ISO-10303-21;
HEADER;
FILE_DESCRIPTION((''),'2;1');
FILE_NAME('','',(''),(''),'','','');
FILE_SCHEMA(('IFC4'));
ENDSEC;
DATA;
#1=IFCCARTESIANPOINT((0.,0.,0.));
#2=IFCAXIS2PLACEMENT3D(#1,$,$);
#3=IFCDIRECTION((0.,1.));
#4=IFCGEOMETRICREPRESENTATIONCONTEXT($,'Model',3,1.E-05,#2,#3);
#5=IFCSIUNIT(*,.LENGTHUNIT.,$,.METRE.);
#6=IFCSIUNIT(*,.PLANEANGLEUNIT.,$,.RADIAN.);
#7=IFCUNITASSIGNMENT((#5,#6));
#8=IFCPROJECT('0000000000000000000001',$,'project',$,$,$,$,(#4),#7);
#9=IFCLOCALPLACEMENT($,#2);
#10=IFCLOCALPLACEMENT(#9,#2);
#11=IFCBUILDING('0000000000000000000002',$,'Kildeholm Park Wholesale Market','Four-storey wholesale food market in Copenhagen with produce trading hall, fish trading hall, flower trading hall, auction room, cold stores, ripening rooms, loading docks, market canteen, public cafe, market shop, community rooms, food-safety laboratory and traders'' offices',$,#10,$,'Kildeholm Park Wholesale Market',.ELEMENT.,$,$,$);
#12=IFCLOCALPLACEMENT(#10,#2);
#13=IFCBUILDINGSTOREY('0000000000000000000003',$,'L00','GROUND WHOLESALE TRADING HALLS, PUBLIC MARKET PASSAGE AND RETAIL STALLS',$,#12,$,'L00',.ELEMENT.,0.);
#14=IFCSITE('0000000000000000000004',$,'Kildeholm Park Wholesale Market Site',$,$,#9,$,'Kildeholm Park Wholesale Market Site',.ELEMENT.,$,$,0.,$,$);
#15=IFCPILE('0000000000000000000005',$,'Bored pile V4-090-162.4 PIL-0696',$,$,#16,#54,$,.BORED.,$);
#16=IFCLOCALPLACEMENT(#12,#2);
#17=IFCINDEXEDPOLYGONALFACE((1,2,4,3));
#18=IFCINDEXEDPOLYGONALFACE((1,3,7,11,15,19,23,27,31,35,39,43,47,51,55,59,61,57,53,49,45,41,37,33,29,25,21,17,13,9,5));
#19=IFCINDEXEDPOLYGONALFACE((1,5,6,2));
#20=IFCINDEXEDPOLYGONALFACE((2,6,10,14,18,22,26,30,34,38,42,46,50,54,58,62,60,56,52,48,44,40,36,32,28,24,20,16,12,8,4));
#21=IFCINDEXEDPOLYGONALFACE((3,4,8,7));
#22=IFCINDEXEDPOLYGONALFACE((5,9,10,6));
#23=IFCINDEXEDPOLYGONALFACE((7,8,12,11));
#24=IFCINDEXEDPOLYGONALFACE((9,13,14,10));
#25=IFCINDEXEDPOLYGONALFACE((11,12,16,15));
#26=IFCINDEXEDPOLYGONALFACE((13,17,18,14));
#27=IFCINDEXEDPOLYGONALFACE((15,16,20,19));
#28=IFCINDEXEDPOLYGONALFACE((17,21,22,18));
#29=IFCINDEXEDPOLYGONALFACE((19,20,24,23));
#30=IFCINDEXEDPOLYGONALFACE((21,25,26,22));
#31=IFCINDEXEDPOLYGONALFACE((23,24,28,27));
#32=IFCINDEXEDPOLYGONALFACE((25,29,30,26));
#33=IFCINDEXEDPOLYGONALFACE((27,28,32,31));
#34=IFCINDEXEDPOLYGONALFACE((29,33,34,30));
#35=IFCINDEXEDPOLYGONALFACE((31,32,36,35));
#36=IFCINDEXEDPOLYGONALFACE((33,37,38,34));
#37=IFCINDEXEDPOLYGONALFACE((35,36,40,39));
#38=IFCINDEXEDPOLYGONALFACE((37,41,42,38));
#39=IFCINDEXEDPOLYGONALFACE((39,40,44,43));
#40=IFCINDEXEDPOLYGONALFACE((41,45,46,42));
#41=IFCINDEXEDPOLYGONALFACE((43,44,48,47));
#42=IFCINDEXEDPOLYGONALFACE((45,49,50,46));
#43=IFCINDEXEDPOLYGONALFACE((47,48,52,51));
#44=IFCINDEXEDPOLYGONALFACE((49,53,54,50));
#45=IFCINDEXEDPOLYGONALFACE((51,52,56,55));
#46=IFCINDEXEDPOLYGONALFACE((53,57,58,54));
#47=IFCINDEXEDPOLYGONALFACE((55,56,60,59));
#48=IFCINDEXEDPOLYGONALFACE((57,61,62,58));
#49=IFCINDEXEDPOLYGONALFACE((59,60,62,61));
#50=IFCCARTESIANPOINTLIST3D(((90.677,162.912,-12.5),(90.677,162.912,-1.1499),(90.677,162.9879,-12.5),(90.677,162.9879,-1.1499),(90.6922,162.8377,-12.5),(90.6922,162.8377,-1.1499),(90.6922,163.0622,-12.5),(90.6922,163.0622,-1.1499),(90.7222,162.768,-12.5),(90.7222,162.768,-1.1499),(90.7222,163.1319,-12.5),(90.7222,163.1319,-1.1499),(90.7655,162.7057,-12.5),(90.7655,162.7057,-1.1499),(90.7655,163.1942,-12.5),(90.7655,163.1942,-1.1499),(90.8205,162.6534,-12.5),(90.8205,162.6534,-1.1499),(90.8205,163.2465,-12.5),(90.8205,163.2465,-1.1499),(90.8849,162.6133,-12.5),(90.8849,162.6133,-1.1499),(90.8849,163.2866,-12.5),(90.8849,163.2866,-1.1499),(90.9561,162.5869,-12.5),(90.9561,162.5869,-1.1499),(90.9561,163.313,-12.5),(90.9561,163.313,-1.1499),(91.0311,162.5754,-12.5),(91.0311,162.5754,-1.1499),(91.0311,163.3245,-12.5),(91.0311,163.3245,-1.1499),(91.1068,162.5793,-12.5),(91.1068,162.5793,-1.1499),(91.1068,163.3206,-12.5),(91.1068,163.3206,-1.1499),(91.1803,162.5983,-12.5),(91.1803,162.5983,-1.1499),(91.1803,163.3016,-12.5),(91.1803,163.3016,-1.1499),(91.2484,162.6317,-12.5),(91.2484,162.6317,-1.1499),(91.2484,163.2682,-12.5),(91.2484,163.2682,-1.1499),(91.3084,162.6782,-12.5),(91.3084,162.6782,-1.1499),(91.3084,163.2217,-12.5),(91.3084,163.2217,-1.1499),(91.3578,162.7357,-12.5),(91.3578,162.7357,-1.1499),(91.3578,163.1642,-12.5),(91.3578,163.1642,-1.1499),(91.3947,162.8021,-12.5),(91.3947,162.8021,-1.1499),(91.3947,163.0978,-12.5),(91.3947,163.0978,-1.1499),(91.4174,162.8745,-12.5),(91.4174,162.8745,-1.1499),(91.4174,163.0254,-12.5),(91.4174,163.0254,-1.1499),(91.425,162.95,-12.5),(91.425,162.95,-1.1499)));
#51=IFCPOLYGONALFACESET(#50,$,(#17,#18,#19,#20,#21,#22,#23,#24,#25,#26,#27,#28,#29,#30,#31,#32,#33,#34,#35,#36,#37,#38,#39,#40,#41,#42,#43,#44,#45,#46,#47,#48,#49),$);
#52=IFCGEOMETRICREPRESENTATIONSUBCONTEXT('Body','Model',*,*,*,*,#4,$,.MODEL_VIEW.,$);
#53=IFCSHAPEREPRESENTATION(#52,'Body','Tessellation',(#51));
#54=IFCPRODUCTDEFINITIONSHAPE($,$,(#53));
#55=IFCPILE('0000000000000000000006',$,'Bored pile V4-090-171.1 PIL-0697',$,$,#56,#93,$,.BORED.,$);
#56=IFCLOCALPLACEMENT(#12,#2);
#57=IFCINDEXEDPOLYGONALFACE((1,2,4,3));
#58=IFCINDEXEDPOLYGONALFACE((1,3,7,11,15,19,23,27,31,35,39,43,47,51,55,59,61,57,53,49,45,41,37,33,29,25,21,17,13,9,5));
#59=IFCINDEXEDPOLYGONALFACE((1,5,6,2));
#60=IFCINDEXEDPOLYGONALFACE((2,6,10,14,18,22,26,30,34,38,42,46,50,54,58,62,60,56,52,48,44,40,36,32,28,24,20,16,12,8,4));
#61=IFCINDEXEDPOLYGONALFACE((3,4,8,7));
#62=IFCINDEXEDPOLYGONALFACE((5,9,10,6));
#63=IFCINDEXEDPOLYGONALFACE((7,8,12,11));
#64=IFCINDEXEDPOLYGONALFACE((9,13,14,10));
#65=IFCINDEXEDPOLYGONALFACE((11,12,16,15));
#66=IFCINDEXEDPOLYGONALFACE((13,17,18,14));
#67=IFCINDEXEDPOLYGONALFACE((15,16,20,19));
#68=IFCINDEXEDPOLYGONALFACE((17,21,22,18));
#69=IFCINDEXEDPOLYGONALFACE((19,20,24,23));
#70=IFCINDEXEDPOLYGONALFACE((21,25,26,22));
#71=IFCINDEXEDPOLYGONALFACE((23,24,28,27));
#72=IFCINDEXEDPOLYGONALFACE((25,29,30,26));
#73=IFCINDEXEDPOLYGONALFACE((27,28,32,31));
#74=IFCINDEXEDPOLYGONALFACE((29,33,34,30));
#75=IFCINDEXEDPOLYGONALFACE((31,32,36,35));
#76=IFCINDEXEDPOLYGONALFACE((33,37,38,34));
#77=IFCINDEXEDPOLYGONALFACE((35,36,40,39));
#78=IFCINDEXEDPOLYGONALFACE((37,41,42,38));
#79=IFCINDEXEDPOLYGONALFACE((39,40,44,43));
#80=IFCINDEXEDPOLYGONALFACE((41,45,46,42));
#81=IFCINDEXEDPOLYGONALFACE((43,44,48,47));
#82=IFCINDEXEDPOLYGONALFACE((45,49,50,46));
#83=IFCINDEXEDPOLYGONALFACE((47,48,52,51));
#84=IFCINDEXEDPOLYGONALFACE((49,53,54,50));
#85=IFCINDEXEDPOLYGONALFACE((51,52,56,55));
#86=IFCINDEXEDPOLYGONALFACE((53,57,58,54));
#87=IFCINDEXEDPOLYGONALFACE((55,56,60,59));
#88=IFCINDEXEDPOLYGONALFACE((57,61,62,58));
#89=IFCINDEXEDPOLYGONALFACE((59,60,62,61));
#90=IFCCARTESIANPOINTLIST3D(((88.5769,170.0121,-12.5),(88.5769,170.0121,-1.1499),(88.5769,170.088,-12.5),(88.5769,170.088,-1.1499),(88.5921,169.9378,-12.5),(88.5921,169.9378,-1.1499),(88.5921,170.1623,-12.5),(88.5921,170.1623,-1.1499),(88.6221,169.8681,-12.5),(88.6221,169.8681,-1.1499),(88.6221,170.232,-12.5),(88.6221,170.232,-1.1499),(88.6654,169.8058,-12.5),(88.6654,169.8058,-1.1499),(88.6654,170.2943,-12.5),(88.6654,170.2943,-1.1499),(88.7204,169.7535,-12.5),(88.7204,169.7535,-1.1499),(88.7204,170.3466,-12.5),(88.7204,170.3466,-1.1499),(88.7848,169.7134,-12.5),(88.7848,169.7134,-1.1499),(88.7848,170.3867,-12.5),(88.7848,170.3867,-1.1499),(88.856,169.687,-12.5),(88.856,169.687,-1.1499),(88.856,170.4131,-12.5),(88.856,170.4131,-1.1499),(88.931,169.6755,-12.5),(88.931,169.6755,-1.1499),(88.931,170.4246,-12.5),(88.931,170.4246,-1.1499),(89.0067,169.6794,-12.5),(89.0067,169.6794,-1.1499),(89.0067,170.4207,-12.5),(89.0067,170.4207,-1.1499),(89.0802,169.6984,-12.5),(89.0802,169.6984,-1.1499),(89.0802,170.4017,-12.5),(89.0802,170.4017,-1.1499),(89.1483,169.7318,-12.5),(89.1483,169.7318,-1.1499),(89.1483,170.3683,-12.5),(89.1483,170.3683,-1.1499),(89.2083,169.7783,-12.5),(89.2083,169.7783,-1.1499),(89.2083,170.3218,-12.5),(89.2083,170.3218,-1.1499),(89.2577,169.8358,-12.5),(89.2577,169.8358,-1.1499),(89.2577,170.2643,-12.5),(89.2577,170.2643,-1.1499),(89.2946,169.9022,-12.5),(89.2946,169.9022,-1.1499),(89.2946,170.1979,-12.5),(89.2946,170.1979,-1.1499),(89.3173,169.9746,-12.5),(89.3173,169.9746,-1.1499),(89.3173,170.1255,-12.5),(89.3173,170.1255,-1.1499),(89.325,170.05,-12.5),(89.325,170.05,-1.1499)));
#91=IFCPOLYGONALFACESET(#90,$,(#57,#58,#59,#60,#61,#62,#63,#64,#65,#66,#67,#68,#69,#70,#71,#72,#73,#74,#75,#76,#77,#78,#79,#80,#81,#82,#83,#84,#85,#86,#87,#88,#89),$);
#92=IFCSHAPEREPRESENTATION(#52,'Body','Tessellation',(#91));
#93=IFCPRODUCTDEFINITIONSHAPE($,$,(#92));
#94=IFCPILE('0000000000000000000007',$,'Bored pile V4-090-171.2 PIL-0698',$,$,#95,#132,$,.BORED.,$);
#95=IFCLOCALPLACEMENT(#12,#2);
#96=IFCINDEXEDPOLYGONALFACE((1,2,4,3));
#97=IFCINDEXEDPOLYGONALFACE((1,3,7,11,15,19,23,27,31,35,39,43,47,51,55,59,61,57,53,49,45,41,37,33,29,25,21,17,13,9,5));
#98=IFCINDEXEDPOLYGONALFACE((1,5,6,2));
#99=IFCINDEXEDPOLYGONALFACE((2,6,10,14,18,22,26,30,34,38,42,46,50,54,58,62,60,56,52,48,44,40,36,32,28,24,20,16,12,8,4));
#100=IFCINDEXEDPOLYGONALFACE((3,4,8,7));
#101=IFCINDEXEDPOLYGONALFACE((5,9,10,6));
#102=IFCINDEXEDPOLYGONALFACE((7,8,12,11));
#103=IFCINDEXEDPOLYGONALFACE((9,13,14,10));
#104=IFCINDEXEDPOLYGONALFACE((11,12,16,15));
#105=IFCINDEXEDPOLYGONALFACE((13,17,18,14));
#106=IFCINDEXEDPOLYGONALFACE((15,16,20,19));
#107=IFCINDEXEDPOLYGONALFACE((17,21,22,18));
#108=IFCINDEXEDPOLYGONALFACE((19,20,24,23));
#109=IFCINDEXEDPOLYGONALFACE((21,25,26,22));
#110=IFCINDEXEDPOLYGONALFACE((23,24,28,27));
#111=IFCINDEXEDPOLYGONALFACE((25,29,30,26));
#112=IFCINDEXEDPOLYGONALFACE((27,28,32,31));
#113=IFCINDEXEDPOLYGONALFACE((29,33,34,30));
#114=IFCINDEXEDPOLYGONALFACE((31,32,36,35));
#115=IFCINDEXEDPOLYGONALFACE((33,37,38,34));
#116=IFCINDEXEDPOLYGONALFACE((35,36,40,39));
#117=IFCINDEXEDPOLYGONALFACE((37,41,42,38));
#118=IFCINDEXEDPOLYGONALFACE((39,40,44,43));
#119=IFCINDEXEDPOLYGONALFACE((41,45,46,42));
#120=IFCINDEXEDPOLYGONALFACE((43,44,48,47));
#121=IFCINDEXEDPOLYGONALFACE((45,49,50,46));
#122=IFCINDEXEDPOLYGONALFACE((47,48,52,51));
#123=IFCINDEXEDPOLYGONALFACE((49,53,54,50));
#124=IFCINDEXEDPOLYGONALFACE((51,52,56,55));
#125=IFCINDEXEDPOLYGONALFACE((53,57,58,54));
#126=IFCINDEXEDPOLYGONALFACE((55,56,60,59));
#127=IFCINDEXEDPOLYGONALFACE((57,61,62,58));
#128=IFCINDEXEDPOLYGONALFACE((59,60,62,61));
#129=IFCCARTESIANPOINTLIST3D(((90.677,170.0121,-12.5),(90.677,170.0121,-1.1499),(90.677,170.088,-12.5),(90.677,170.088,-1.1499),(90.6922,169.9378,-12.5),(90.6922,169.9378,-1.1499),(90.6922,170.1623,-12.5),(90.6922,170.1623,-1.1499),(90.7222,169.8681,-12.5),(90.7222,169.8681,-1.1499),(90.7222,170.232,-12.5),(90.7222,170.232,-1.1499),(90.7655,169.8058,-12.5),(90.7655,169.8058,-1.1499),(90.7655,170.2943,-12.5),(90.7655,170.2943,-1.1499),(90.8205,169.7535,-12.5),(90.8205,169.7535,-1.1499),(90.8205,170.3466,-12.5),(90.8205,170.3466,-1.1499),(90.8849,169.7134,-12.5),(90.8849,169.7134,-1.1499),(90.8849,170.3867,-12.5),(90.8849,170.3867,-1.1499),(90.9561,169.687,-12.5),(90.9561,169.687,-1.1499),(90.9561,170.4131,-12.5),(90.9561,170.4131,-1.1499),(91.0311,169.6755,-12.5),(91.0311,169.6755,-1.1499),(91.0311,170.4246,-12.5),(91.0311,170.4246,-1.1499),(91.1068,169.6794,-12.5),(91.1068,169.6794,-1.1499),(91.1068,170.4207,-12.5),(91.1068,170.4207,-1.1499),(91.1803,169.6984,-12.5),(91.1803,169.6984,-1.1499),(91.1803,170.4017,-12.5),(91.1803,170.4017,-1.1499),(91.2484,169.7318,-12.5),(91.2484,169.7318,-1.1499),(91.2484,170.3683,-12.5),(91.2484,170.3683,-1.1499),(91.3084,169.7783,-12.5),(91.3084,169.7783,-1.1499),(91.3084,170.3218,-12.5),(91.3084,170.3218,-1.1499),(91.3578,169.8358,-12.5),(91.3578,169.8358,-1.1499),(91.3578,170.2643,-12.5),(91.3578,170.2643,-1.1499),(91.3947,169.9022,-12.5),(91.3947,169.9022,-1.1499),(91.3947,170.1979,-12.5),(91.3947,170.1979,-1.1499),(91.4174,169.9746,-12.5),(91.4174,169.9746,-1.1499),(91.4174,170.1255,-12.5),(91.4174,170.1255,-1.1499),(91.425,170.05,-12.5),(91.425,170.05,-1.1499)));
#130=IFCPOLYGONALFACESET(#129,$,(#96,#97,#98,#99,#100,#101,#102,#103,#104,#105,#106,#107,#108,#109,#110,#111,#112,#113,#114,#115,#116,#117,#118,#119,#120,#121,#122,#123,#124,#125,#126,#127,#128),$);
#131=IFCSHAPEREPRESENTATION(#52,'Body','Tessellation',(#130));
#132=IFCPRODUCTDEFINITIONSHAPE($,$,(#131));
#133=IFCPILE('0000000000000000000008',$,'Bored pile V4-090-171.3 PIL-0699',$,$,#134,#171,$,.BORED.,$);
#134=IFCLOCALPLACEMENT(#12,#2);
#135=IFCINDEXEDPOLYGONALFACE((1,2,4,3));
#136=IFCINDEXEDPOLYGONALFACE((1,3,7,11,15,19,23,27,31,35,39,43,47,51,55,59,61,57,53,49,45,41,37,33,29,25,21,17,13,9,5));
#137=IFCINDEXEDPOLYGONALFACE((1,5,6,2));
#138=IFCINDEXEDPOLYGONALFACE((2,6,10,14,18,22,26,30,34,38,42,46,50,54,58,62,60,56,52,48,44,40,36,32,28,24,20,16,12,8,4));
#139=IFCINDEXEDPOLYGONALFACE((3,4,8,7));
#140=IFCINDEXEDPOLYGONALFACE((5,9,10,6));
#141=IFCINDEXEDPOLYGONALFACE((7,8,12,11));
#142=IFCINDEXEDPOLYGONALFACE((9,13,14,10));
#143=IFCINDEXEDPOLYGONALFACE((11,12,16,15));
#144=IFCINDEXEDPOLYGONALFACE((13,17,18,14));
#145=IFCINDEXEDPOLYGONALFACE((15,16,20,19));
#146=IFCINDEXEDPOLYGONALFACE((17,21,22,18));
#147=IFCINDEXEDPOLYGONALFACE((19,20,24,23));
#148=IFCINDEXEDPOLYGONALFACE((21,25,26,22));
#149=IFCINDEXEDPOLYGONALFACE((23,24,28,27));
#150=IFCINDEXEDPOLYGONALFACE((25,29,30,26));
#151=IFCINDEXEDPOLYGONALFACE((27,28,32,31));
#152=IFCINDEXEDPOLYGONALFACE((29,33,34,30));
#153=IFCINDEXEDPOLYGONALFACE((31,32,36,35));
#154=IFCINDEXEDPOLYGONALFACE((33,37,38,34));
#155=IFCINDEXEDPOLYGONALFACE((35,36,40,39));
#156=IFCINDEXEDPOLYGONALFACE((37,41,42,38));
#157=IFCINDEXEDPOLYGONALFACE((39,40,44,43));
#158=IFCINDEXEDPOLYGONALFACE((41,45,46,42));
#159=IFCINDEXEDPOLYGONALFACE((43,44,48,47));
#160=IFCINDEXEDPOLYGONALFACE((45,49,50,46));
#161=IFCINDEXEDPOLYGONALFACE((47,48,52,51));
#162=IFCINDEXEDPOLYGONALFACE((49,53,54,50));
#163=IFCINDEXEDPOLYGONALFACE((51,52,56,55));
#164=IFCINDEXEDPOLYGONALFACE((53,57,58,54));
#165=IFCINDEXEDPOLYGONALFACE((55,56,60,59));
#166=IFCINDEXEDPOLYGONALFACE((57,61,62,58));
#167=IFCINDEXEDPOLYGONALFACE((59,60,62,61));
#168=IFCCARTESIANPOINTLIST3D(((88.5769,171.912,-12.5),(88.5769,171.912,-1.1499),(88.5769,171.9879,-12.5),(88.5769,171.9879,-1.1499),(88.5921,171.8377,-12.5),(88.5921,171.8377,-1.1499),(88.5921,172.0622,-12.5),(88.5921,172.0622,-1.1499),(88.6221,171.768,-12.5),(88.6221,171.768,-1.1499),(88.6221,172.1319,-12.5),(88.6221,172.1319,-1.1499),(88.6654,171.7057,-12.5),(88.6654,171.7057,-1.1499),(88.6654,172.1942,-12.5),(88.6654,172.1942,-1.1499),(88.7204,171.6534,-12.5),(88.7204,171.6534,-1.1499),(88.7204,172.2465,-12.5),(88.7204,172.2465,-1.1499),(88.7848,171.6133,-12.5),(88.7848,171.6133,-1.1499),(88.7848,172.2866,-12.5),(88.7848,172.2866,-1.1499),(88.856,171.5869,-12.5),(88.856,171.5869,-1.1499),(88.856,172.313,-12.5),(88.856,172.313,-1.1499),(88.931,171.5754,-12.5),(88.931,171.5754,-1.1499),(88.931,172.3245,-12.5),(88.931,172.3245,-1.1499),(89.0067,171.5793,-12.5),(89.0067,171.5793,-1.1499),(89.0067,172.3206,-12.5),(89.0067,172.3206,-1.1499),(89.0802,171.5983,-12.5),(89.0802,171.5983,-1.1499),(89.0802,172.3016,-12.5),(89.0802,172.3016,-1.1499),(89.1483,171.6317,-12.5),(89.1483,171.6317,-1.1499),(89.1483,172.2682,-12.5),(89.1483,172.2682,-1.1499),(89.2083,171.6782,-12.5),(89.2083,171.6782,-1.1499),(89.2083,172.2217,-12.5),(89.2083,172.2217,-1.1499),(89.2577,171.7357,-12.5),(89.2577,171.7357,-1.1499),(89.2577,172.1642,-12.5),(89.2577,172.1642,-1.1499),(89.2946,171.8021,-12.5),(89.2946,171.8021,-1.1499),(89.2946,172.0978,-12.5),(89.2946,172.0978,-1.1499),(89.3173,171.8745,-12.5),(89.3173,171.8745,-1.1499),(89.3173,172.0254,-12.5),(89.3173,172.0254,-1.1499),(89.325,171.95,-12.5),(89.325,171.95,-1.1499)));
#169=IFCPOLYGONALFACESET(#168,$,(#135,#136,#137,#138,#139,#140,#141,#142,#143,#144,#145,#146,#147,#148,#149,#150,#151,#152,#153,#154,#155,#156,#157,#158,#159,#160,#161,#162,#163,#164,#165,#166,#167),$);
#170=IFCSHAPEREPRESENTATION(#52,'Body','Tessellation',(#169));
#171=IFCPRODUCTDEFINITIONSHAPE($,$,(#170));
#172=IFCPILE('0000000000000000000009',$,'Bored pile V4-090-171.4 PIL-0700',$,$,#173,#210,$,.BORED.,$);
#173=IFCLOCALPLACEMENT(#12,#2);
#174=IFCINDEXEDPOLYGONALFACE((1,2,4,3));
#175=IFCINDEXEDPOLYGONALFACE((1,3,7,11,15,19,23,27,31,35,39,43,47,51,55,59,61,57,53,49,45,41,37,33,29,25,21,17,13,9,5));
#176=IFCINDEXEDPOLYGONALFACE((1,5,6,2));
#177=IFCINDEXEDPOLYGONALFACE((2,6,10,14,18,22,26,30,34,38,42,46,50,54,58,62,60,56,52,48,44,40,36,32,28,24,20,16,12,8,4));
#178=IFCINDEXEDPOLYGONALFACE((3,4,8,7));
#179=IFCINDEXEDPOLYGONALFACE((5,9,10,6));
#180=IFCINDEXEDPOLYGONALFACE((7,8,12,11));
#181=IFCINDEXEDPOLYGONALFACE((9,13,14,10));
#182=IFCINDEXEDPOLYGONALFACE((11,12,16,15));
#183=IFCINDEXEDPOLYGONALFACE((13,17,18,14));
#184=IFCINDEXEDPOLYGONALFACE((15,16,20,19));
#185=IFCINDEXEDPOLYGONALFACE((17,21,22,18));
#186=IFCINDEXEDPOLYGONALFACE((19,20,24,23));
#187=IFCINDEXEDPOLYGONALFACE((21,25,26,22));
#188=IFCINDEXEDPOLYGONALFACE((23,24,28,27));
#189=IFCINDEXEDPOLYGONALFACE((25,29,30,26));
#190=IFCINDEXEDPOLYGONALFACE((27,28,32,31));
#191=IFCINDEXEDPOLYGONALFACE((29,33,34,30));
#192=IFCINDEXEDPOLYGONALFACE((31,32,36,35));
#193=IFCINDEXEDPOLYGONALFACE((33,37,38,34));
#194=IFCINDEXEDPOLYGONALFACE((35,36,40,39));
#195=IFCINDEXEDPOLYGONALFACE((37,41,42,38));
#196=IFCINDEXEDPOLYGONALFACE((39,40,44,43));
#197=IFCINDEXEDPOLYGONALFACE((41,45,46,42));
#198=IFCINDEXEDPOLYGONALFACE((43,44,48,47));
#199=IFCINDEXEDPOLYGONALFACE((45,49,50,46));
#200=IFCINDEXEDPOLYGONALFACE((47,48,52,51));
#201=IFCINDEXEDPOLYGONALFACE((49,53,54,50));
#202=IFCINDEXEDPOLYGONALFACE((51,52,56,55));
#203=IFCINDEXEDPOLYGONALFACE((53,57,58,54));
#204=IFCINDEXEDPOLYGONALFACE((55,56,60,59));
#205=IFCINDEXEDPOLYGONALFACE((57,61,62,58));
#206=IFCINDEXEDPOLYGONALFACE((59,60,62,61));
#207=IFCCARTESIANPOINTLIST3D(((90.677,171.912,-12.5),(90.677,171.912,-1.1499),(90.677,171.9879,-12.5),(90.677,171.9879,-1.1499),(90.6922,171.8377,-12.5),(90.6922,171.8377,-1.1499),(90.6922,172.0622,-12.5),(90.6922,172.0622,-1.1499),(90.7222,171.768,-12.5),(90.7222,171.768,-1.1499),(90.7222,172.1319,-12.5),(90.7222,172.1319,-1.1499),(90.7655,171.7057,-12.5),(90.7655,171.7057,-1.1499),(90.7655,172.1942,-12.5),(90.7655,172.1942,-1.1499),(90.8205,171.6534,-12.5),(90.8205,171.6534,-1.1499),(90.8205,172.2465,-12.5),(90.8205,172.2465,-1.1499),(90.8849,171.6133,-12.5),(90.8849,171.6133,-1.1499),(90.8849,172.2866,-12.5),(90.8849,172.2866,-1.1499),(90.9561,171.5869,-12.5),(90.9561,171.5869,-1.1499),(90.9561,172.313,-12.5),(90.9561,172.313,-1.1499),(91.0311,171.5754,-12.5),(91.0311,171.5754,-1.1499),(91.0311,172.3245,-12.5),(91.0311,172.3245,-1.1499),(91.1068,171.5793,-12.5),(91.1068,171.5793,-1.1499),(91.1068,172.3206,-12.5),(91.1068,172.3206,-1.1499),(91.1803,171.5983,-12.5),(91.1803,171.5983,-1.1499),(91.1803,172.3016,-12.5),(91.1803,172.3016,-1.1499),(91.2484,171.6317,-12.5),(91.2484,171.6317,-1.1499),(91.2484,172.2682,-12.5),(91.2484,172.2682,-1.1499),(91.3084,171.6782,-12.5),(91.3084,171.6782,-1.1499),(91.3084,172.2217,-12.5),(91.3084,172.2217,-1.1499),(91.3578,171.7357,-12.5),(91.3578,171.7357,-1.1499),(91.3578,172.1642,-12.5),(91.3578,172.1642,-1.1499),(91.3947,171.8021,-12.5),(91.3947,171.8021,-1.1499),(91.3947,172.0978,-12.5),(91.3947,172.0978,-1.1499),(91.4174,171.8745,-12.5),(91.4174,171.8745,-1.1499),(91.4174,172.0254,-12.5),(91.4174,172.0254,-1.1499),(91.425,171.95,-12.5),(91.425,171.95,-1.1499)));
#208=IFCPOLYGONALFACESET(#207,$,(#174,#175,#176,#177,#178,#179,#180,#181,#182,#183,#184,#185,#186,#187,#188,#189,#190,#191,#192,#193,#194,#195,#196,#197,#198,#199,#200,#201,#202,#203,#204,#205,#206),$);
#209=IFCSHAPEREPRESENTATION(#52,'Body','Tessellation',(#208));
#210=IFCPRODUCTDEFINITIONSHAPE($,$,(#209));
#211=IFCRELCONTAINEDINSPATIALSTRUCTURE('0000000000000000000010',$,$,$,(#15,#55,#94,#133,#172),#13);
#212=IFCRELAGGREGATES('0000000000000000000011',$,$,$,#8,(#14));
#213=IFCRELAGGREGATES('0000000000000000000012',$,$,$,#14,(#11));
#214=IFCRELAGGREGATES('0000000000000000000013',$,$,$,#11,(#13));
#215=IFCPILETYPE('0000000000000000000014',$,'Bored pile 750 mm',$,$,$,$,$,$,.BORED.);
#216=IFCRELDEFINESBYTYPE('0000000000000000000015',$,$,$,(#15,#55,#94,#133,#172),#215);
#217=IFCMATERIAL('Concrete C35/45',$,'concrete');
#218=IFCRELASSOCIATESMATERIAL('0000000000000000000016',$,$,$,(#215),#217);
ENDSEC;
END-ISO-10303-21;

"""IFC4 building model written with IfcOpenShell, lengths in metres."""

from ifc_helpers import new_model, si_unit, direction, frame, origin, origin_2d, place, context, subcontext, project, spatial, circle, extrude, material, material_profile, profile_set, type_object, element, save


model = new_model("IFC4")

# Units and contexts
model_context = context("Model", 3, precision=1e-05, world=origin(), true_north=direction((0.0, 1.0)))
body_context = subcontext(model_context, "Body", "Model", "MODEL_VIEW")
ifc_project = project(units=[si_unit("LENGTHUNIT", "METRE"), si_unit("PLANEANGLEUNIT", "RADIAN")], contexts=[model_context])

# Site, building, storey
site_placement = place(None, origin())
site = spatial("IfcSite", under=ifc_project, at=site_placement, Name="Kildeholm Park Wholesale Market Site", LongName="Kildeholm Park Wholesale Market Site", CompositionType="ELEMENT", RefElevation=0.0)
building_placement = place(site_placement, origin())
building = spatial("IfcBuilding", under=site, at=building_placement, Name="Kildeholm Park Wholesale Market", Description="Four-storey wholesale food market in Copenhagen with produce trading hall, fish trading hall, flower trading hall, auction room, cold stores, ripening rooms, loading docks, market canteen, public cafe, market shop, community rooms, food-safety laboratory and traders' offices", LongName="Kildeholm Park Wholesale Market", CompositionType="ELEMENT")
storey_placement = place(building_placement, origin())
storey = spatial("IfcBuildingStorey", under=building, at=storey_placement, Name="L00", Description="GROUND WHOLESALE TRADING HALLS, PUBLIC MARKET PASSAGE AND RETAIL STALLS", LongName="L00", CompositionType="ELEMENT", Elevation=0.0)

# Piles
ifc_material_1 = material(Name="Concrete C35/45", Category="concrete")
ifc_material_profile_1 = material_profile(ifc_material_1, circle(Radius=0.375, at=origin_2d()), Name="PILE D750")
ifc_profile_set_1 = profile_set([ifc_material_profile_1], Name="Concrete C35/45")
pile_type = type_object("IfcPileType", Name="Bored pile 750 mm", PredefinedType="BORED", material=ifc_profile_set_1)
for number, where, z_axis, x_axis, name in (
    (1, (91.05, 162.95, -1.1499), (0.0, 0.0, -1.0), (1.0, 0.0, 0.0), "Bored pile V4-090-162.4 PIL-0696"),
    (2, (88.95, 170.05, -1.1499), (0.0, 0.0, -1.0), (1.0, 0.0, 0.0), "Bored pile V4-090-171.1 PIL-0697"),
    (3, (91.05, 170.05, -1.1499), (0.0, 0.0, -1.0), (1.0, 0.0, 0.0), "Bored pile V4-090-171.2 PIL-0698"),
    (4, (88.95, 171.95, -1.1499), (0.0, 0.0, -1.0), (1.0, 0.0, 0.0), "Bored pile V4-090-171.3 PIL-0699"),
    (5, (91.05, 171.95, -1.1499), (0.0, 0.0, -1.0), (1.0, 0.0, 0.0), "Bored pile V4-090-171.4 PIL-0700"),
):
    element("IfcPile", number, at=place(storey_placement, frame(where, z_axis=z_axis, x_axis=x_axis)), inside=storey, type_object=pile_type, Name=name, PredefinedType="BORED", context=body_context, shape_type="SweptSolid", body=[
        extrude(circle(Radius=0.375, at=origin_2d()), origin(), (0.0, 0.0, 1.0), 11.3501),
    ])

save(model, "model.ifc")
